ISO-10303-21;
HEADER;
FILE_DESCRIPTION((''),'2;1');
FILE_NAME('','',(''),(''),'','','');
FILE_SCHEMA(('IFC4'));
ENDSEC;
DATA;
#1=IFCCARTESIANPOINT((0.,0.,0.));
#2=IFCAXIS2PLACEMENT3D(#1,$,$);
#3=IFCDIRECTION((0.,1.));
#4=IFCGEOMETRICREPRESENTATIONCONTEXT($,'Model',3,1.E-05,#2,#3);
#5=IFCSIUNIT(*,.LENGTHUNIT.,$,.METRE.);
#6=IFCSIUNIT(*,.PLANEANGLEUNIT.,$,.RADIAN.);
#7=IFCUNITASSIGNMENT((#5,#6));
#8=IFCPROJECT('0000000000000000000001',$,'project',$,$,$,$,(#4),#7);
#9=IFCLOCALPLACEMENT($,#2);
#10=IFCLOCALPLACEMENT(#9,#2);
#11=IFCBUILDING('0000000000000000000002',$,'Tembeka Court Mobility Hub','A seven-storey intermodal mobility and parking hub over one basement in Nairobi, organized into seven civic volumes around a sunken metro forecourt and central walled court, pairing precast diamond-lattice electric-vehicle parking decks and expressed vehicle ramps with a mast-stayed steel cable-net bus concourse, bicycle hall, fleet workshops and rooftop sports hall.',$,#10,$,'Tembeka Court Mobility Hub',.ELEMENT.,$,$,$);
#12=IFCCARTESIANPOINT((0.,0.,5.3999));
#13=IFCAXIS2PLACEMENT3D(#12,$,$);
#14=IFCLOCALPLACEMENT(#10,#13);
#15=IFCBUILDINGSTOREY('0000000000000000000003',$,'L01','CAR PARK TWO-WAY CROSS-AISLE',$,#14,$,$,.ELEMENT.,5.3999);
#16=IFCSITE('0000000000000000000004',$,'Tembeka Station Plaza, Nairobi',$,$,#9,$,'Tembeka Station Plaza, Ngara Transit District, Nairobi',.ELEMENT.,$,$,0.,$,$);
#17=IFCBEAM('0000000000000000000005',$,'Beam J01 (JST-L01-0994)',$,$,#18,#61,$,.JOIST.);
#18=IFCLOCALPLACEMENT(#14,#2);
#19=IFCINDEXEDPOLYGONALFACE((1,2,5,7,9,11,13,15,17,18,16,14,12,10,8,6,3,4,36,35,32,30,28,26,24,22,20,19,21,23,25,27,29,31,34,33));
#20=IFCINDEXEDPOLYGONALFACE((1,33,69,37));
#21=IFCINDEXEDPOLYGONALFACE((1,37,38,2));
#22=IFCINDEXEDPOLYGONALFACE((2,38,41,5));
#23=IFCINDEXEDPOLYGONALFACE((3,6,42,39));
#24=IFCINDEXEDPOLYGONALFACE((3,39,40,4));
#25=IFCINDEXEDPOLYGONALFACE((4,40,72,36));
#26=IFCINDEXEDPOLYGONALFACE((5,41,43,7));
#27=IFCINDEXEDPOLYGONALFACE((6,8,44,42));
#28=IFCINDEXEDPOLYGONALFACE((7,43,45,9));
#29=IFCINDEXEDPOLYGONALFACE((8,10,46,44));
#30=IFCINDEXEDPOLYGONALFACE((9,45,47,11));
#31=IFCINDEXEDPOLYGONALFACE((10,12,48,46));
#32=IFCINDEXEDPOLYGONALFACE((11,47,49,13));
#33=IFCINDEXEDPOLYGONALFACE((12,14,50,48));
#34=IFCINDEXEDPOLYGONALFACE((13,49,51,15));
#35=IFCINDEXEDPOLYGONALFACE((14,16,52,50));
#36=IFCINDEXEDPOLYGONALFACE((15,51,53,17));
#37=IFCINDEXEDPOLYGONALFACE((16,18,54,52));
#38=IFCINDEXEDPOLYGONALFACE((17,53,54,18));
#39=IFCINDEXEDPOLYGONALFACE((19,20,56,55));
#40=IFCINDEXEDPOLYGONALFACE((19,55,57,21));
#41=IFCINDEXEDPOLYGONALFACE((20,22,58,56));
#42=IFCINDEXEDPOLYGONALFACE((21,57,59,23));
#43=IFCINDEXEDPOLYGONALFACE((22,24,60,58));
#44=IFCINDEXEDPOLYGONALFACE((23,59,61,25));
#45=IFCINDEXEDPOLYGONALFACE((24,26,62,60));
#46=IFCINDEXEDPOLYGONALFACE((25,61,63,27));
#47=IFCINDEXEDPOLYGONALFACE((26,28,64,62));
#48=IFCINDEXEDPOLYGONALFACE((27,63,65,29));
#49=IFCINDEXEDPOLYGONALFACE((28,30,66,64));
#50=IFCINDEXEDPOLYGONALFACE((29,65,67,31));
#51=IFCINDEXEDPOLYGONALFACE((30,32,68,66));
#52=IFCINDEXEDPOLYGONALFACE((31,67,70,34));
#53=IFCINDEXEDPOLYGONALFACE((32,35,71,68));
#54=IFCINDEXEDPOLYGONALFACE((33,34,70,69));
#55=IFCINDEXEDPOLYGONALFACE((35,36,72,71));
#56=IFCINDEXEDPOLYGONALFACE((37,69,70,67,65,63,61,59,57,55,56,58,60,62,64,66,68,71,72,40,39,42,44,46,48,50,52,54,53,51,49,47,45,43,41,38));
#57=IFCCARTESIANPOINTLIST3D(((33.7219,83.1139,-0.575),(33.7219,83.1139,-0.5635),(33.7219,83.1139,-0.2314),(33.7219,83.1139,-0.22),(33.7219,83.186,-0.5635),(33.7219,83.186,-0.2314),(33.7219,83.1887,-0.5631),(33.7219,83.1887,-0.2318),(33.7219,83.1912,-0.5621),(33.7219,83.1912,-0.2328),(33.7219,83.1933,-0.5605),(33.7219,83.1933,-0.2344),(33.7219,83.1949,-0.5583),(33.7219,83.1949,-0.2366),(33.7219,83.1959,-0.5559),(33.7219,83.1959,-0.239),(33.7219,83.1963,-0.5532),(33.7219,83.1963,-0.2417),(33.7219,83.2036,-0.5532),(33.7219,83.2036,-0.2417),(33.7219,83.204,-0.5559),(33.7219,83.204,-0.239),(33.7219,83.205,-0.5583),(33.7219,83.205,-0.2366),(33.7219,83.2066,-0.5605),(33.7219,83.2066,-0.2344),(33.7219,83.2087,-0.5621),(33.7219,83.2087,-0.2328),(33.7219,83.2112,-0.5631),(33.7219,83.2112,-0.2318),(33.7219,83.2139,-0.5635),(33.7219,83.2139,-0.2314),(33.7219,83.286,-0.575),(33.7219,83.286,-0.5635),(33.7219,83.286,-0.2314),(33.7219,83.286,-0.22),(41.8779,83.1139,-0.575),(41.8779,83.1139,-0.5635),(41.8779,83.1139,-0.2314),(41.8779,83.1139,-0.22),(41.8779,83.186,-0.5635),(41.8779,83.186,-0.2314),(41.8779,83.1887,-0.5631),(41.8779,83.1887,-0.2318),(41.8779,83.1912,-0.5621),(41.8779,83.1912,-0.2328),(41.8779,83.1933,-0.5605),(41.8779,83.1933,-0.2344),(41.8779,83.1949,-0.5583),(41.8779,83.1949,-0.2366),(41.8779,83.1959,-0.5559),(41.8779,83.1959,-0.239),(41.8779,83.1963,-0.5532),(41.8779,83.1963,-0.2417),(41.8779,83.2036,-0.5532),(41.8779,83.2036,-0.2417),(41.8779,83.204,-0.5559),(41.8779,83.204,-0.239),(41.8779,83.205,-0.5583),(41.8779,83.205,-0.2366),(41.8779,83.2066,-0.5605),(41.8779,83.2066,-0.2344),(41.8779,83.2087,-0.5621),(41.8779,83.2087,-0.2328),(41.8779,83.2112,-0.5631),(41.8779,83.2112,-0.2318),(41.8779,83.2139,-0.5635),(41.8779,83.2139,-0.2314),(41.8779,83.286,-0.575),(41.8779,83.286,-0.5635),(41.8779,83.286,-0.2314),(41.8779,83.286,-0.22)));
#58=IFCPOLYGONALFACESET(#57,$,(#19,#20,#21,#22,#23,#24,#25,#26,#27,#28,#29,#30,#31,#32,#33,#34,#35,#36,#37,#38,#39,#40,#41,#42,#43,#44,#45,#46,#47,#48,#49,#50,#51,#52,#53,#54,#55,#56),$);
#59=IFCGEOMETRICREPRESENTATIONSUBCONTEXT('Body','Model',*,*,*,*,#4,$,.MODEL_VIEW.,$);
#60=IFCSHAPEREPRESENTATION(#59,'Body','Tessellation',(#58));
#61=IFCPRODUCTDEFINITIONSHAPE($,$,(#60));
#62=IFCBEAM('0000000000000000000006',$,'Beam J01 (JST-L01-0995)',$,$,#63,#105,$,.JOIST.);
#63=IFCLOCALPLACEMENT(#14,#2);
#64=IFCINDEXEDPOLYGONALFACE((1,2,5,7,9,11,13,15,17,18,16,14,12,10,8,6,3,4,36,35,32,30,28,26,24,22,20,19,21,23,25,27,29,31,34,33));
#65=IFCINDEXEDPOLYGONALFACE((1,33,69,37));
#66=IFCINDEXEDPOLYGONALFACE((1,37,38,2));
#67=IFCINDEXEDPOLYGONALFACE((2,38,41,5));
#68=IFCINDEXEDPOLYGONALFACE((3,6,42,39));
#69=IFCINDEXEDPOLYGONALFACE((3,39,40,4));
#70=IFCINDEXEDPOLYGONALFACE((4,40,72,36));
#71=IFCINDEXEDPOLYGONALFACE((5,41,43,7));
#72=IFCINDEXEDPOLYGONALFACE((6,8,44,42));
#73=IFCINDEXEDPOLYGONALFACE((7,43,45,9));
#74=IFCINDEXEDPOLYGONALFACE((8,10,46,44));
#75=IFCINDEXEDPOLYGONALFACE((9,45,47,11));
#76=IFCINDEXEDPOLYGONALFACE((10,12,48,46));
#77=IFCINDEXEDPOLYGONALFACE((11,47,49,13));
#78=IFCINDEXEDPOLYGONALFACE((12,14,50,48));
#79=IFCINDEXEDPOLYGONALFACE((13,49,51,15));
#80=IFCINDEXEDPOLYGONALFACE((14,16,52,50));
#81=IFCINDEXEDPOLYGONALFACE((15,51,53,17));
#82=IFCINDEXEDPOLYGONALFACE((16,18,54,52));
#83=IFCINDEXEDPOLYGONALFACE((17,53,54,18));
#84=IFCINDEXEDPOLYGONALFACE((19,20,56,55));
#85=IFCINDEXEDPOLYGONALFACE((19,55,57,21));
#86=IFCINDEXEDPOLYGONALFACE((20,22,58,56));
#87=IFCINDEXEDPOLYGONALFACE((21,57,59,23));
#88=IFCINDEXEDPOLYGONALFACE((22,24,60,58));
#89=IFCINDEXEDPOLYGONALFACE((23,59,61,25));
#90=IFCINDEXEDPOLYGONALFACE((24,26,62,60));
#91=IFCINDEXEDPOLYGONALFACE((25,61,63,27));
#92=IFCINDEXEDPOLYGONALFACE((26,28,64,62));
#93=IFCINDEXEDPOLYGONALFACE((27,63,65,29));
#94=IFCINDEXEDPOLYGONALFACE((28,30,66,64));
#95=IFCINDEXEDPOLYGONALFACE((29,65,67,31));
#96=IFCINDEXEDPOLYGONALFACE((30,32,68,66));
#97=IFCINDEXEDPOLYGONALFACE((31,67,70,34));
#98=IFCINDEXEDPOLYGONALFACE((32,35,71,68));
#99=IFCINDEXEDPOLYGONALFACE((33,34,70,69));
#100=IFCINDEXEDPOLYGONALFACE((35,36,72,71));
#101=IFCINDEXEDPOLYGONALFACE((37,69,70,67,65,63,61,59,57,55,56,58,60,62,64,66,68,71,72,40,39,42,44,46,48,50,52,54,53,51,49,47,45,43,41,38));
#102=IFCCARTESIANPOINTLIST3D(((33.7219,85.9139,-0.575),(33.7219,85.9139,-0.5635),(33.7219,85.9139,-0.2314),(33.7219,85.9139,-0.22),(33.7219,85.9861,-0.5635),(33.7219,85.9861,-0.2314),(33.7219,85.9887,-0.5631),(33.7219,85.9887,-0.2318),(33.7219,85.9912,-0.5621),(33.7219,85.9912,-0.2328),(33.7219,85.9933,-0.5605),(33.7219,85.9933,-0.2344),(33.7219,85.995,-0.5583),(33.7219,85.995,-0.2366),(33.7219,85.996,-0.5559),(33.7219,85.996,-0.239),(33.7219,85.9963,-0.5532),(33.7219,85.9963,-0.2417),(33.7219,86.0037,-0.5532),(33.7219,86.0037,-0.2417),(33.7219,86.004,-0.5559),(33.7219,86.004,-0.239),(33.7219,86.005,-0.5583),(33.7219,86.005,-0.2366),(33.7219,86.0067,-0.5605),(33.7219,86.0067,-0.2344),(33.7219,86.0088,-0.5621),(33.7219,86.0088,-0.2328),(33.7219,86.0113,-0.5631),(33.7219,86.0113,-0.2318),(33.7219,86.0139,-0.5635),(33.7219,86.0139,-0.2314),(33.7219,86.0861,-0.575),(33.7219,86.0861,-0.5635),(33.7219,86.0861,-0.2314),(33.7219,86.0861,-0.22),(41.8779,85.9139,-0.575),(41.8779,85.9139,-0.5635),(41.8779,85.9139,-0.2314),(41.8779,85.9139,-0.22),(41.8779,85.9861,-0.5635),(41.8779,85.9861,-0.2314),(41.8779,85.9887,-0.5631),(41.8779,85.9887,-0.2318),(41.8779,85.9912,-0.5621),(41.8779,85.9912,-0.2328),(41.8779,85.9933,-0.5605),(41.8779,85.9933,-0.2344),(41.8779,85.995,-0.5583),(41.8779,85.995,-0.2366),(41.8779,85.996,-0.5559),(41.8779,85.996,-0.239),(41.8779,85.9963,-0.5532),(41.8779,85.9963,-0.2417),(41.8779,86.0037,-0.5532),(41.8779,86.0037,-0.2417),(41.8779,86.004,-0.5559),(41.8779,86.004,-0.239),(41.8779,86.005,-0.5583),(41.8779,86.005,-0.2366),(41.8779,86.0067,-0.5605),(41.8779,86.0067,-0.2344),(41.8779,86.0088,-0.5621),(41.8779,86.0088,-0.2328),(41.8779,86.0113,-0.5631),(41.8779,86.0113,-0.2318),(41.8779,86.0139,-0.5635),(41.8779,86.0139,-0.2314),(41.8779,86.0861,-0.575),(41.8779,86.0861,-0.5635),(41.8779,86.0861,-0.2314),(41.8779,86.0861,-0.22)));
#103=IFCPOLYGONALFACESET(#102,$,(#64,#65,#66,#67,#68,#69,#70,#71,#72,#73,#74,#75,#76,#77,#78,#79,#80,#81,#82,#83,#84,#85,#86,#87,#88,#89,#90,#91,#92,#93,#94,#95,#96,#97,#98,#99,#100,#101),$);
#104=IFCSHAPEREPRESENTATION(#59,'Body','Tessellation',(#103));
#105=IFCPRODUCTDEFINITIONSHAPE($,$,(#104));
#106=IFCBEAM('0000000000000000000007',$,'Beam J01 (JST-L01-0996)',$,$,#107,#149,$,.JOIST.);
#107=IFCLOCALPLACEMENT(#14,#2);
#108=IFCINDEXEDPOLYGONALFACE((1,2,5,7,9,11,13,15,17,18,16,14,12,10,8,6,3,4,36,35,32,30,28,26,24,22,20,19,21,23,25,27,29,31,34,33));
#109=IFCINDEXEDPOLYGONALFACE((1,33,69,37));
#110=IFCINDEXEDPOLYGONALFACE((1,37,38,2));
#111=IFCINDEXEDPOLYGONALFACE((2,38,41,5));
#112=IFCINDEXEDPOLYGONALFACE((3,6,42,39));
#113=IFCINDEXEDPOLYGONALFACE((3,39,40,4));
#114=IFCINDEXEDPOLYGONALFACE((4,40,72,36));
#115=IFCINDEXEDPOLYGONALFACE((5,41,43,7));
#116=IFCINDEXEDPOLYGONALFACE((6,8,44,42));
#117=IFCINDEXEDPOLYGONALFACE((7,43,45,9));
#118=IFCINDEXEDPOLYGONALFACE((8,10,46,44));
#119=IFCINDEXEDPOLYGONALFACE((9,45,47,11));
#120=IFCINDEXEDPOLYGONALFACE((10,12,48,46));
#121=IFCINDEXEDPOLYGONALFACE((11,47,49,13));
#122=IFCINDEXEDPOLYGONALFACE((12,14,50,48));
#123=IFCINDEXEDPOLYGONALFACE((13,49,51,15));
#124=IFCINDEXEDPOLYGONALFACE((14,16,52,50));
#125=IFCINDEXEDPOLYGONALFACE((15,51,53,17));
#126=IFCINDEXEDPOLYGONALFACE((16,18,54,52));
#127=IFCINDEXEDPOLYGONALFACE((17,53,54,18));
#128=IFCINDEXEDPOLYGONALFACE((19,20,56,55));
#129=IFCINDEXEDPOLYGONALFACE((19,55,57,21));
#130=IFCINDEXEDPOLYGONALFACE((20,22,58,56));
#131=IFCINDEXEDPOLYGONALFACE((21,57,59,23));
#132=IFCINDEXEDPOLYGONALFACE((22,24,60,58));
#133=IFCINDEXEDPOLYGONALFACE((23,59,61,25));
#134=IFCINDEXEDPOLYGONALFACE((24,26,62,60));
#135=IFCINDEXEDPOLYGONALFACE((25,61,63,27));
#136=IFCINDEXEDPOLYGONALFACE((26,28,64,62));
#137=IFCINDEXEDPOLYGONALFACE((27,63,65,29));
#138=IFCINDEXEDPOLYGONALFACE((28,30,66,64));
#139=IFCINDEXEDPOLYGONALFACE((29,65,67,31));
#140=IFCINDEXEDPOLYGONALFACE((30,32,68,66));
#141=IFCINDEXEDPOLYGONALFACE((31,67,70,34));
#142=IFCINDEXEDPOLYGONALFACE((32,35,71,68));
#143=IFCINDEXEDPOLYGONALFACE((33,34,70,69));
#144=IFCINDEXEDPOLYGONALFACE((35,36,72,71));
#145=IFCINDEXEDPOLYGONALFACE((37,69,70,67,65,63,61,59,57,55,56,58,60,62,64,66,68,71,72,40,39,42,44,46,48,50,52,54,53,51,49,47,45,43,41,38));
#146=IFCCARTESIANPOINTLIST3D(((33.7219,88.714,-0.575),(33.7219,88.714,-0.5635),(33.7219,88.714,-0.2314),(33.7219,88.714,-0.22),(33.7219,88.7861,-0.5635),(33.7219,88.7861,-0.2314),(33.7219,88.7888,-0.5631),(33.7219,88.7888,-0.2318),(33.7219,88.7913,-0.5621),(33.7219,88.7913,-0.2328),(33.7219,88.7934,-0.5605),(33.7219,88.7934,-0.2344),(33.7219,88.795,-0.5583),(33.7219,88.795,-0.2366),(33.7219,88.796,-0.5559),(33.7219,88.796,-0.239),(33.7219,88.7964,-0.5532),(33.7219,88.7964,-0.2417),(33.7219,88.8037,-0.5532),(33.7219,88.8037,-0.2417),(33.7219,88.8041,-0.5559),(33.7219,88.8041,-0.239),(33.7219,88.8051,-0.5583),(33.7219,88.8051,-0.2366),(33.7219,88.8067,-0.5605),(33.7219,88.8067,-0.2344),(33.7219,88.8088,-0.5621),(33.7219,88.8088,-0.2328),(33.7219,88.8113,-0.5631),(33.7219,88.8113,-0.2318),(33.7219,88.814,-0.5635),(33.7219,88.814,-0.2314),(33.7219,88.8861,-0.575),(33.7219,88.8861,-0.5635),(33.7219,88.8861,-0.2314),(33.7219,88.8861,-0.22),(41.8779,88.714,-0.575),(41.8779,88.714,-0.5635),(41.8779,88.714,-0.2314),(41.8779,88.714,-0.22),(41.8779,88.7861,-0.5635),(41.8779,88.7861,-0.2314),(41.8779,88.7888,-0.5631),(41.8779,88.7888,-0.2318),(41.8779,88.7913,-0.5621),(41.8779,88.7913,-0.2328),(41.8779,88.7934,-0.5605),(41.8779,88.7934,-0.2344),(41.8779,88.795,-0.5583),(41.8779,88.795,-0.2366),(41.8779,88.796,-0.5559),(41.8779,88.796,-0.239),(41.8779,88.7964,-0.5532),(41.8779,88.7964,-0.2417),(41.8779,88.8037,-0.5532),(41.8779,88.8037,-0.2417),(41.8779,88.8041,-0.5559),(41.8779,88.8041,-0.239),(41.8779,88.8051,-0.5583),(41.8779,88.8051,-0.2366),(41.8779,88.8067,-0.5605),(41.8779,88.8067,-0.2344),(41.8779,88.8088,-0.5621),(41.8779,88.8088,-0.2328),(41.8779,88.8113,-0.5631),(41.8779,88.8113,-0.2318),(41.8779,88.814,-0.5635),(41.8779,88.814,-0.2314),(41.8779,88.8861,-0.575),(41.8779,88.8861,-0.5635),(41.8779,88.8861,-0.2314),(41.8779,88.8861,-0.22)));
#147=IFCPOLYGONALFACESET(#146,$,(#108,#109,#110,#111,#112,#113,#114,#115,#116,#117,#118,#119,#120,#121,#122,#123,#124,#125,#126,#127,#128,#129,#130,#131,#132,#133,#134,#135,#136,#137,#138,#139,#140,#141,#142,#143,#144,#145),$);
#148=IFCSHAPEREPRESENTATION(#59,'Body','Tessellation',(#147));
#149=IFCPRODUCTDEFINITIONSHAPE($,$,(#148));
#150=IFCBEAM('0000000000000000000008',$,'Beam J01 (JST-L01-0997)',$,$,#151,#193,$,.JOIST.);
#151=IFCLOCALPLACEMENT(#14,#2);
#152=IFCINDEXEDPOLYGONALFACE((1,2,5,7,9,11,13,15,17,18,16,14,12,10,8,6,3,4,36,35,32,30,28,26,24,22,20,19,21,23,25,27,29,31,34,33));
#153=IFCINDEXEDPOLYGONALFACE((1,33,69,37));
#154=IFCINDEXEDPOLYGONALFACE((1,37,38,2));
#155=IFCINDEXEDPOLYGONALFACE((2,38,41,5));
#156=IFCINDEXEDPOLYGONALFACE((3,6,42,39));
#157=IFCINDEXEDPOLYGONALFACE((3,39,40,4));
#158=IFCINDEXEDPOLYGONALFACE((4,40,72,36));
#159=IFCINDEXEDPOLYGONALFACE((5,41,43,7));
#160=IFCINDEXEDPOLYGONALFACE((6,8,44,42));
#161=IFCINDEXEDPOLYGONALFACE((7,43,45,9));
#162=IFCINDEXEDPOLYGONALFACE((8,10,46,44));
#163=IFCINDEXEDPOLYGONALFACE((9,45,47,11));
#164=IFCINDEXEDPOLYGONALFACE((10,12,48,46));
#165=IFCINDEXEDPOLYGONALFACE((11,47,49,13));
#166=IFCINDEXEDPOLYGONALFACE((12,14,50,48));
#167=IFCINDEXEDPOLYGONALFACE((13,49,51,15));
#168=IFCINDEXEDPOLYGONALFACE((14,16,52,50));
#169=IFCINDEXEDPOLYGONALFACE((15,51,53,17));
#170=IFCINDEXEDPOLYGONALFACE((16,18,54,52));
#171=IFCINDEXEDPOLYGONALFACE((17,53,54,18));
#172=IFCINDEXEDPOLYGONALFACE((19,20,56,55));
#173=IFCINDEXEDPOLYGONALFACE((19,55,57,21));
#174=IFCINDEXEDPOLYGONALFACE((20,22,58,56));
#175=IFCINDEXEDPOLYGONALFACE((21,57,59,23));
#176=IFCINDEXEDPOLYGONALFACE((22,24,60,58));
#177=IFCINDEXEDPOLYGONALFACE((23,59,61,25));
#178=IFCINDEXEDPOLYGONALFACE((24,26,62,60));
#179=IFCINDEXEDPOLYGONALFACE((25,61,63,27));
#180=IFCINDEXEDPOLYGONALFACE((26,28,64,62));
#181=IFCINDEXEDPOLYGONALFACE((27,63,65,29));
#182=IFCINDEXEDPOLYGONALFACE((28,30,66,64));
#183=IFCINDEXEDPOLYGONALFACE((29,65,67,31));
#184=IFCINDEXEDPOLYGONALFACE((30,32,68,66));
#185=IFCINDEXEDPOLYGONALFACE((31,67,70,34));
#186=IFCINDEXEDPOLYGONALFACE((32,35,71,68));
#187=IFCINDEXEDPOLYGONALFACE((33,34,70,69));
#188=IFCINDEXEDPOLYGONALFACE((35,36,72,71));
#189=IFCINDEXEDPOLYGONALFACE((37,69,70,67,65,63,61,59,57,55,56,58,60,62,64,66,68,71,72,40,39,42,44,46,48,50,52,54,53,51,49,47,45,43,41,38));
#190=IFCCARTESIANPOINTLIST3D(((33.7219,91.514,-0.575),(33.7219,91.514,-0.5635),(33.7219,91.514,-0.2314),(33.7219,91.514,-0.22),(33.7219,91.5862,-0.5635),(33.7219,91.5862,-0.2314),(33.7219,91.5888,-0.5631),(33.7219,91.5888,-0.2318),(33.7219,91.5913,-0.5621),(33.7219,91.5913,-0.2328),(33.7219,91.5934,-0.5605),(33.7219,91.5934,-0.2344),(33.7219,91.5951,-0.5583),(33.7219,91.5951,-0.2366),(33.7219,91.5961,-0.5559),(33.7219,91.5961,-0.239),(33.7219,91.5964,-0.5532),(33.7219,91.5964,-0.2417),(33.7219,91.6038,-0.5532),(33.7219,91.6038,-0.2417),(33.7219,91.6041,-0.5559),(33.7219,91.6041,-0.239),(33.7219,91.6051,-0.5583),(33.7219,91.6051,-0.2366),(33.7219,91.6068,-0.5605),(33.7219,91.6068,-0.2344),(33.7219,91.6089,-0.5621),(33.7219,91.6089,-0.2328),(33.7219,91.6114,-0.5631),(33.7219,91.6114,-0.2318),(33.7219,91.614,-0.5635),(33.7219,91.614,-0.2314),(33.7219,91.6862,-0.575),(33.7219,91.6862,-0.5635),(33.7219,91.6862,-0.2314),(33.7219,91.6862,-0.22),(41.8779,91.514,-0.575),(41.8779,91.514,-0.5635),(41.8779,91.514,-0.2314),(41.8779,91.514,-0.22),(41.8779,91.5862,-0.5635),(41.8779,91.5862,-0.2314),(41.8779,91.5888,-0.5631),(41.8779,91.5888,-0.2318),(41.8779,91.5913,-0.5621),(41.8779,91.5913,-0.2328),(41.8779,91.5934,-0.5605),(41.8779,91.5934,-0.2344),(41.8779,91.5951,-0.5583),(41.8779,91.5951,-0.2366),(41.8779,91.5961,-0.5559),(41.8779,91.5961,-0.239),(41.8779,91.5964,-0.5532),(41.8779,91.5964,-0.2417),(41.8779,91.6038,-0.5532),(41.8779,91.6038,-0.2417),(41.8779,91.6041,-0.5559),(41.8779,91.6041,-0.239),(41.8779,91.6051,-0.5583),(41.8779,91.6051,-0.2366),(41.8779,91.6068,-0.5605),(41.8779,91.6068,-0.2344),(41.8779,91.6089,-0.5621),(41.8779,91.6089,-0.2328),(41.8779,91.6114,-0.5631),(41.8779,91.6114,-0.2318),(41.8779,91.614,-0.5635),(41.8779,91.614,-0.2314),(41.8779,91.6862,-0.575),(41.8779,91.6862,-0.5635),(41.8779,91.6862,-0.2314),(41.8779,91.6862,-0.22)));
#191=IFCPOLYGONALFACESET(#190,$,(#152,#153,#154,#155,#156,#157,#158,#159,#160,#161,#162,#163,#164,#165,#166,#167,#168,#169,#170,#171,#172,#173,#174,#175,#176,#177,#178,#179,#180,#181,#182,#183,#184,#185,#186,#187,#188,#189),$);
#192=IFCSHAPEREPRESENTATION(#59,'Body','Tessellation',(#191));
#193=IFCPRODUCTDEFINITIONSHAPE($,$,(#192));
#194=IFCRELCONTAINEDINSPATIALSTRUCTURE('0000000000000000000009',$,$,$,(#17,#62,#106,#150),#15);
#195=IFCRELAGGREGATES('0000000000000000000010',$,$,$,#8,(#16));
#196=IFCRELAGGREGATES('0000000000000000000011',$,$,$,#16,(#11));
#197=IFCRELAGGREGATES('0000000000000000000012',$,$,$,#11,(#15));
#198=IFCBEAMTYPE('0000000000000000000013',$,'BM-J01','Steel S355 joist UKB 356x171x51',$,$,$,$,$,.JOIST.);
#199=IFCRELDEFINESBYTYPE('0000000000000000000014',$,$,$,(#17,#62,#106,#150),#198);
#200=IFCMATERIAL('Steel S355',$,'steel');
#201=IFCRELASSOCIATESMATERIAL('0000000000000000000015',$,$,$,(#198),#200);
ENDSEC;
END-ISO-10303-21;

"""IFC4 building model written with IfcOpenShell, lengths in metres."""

from ifc_helpers import new_model, si_unit, direction, frame, origin, origin_2d, place, context, subcontext, project, spatial, i_section, extrude, material, material_profile, profile_set, type_object, element, save


model = new_model("IFC4")

# Units and contexts
model_context = context("Model", 3, precision=1e-05, world=origin(), true_north=direction((0.0, 1.0)))
body_context = subcontext(model_context, "Body", "Model", "MODEL_VIEW")
ifc_project = project(units=[si_unit("LENGTHUNIT", "METRE"), si_unit("PLANEANGLEUNIT", "RADIAN")], contexts=[model_context])

# Site, building, storey
site_placement = place(None, origin())
site = spatial("IfcSite", under=ifc_project, at=site_placement, Name="Tembeka Station Plaza, Nairobi", LongName="Tembeka Station Plaza, Ngara Transit District, Nairobi", CompositionType="ELEMENT", RefElevation=0.0)
building_placement = place(site_placement, origin())
building = spatial("IfcBuilding", under=site, at=building_placement, Name="Tembeka Court Mobility Hub", Description="A seven-storey intermodal mobility and parking hub over one basement in Nairobi, organized into seven civic volumes around a sunken metro forecourt and central walled court, pairing precast diamond-lattice electric-vehicle parking decks and expressed vehicle ramps with a mast-stayed steel cable-net bus concourse, bicycle hall, fleet workshops and rooftop sports hall.", LongName="Tembeka Court Mobility Hub", CompositionType="ELEMENT")
storey_placement = place(building_placement, frame((0.0, 0.0, 5.3999)))
storey = spatial("IfcBuildingStorey", under=building, at=storey_placement, Name="L01", Description="CAR PARK TWO-WAY CROSS-AISLE", CompositionType="ELEMENT", Elevation=5.3999)

# Shared definitions
ifc_material = material(Name="Steel S355", Category="steel")

# Beams
ifc_material_profile_1 = material_profile(ifc_material, i_section(OverallWidth=0.1721, OverallDepth=0.355, WebThickness=0.0073, FlangeThickness=0.0115, FilletRadius=0.0103, at=origin_2d()), Name="UKB 356x171x51")
ifc_profile_set_1 = profile_set([ifc_material_profile_1], Name="Steel S355")
beam_type_1 = type_object("IfcBeamType", Name="BM-J01", Description="Steel S355 joist UKB 356x171x51", PredefinedType="JOIST", material=ifc_profile_set_1)
for number, where, z_axis, x_axis, name in (
    (1, (33.7219, 83.2, -0.3975), (1.0, 0.0, 0.0), (0.0, 1.0, 0.0), "Beam J01 (JST-L01-0994)"),
    (2, (33.7219, 86.0, -0.3975), (1.0, 0.0, 0.0), (0.0, 1.0, 0.0), "Beam J01 (JST-L01-0995)"),
    (3, (33.7219, 88.8, -0.3975), (1.0, 0.0, 0.0), (0.0, 1.0, 0.0), "Beam J01 (JST-L01-0996)"),
    (4, (33.7219, 91.6001, -0.3975), (1.0, 0.0, 0.0), (0.0, 1.0, 0.0), "Beam J01 (JST-L01-0997)"),
):
    element("IfcBeam", number, at=place(storey_placement, frame(where, z_axis=z_axis, x_axis=x_axis)), inside=storey, type_object=beam_type_1, Name=name, PredefinedType="JOIST", context=body_context, shape_type="SweptSolid", body=[
        extrude(i_section(OverallWidth=0.1721, OverallDepth=0.355, WebThickness=0.0073, FlangeThickness=0.0115, FilletRadius=0.0103, at=origin_2d()), origin(), (0.0, 0.0, 1.0), 8.156),
    ])

save(model, "model.ifc")
